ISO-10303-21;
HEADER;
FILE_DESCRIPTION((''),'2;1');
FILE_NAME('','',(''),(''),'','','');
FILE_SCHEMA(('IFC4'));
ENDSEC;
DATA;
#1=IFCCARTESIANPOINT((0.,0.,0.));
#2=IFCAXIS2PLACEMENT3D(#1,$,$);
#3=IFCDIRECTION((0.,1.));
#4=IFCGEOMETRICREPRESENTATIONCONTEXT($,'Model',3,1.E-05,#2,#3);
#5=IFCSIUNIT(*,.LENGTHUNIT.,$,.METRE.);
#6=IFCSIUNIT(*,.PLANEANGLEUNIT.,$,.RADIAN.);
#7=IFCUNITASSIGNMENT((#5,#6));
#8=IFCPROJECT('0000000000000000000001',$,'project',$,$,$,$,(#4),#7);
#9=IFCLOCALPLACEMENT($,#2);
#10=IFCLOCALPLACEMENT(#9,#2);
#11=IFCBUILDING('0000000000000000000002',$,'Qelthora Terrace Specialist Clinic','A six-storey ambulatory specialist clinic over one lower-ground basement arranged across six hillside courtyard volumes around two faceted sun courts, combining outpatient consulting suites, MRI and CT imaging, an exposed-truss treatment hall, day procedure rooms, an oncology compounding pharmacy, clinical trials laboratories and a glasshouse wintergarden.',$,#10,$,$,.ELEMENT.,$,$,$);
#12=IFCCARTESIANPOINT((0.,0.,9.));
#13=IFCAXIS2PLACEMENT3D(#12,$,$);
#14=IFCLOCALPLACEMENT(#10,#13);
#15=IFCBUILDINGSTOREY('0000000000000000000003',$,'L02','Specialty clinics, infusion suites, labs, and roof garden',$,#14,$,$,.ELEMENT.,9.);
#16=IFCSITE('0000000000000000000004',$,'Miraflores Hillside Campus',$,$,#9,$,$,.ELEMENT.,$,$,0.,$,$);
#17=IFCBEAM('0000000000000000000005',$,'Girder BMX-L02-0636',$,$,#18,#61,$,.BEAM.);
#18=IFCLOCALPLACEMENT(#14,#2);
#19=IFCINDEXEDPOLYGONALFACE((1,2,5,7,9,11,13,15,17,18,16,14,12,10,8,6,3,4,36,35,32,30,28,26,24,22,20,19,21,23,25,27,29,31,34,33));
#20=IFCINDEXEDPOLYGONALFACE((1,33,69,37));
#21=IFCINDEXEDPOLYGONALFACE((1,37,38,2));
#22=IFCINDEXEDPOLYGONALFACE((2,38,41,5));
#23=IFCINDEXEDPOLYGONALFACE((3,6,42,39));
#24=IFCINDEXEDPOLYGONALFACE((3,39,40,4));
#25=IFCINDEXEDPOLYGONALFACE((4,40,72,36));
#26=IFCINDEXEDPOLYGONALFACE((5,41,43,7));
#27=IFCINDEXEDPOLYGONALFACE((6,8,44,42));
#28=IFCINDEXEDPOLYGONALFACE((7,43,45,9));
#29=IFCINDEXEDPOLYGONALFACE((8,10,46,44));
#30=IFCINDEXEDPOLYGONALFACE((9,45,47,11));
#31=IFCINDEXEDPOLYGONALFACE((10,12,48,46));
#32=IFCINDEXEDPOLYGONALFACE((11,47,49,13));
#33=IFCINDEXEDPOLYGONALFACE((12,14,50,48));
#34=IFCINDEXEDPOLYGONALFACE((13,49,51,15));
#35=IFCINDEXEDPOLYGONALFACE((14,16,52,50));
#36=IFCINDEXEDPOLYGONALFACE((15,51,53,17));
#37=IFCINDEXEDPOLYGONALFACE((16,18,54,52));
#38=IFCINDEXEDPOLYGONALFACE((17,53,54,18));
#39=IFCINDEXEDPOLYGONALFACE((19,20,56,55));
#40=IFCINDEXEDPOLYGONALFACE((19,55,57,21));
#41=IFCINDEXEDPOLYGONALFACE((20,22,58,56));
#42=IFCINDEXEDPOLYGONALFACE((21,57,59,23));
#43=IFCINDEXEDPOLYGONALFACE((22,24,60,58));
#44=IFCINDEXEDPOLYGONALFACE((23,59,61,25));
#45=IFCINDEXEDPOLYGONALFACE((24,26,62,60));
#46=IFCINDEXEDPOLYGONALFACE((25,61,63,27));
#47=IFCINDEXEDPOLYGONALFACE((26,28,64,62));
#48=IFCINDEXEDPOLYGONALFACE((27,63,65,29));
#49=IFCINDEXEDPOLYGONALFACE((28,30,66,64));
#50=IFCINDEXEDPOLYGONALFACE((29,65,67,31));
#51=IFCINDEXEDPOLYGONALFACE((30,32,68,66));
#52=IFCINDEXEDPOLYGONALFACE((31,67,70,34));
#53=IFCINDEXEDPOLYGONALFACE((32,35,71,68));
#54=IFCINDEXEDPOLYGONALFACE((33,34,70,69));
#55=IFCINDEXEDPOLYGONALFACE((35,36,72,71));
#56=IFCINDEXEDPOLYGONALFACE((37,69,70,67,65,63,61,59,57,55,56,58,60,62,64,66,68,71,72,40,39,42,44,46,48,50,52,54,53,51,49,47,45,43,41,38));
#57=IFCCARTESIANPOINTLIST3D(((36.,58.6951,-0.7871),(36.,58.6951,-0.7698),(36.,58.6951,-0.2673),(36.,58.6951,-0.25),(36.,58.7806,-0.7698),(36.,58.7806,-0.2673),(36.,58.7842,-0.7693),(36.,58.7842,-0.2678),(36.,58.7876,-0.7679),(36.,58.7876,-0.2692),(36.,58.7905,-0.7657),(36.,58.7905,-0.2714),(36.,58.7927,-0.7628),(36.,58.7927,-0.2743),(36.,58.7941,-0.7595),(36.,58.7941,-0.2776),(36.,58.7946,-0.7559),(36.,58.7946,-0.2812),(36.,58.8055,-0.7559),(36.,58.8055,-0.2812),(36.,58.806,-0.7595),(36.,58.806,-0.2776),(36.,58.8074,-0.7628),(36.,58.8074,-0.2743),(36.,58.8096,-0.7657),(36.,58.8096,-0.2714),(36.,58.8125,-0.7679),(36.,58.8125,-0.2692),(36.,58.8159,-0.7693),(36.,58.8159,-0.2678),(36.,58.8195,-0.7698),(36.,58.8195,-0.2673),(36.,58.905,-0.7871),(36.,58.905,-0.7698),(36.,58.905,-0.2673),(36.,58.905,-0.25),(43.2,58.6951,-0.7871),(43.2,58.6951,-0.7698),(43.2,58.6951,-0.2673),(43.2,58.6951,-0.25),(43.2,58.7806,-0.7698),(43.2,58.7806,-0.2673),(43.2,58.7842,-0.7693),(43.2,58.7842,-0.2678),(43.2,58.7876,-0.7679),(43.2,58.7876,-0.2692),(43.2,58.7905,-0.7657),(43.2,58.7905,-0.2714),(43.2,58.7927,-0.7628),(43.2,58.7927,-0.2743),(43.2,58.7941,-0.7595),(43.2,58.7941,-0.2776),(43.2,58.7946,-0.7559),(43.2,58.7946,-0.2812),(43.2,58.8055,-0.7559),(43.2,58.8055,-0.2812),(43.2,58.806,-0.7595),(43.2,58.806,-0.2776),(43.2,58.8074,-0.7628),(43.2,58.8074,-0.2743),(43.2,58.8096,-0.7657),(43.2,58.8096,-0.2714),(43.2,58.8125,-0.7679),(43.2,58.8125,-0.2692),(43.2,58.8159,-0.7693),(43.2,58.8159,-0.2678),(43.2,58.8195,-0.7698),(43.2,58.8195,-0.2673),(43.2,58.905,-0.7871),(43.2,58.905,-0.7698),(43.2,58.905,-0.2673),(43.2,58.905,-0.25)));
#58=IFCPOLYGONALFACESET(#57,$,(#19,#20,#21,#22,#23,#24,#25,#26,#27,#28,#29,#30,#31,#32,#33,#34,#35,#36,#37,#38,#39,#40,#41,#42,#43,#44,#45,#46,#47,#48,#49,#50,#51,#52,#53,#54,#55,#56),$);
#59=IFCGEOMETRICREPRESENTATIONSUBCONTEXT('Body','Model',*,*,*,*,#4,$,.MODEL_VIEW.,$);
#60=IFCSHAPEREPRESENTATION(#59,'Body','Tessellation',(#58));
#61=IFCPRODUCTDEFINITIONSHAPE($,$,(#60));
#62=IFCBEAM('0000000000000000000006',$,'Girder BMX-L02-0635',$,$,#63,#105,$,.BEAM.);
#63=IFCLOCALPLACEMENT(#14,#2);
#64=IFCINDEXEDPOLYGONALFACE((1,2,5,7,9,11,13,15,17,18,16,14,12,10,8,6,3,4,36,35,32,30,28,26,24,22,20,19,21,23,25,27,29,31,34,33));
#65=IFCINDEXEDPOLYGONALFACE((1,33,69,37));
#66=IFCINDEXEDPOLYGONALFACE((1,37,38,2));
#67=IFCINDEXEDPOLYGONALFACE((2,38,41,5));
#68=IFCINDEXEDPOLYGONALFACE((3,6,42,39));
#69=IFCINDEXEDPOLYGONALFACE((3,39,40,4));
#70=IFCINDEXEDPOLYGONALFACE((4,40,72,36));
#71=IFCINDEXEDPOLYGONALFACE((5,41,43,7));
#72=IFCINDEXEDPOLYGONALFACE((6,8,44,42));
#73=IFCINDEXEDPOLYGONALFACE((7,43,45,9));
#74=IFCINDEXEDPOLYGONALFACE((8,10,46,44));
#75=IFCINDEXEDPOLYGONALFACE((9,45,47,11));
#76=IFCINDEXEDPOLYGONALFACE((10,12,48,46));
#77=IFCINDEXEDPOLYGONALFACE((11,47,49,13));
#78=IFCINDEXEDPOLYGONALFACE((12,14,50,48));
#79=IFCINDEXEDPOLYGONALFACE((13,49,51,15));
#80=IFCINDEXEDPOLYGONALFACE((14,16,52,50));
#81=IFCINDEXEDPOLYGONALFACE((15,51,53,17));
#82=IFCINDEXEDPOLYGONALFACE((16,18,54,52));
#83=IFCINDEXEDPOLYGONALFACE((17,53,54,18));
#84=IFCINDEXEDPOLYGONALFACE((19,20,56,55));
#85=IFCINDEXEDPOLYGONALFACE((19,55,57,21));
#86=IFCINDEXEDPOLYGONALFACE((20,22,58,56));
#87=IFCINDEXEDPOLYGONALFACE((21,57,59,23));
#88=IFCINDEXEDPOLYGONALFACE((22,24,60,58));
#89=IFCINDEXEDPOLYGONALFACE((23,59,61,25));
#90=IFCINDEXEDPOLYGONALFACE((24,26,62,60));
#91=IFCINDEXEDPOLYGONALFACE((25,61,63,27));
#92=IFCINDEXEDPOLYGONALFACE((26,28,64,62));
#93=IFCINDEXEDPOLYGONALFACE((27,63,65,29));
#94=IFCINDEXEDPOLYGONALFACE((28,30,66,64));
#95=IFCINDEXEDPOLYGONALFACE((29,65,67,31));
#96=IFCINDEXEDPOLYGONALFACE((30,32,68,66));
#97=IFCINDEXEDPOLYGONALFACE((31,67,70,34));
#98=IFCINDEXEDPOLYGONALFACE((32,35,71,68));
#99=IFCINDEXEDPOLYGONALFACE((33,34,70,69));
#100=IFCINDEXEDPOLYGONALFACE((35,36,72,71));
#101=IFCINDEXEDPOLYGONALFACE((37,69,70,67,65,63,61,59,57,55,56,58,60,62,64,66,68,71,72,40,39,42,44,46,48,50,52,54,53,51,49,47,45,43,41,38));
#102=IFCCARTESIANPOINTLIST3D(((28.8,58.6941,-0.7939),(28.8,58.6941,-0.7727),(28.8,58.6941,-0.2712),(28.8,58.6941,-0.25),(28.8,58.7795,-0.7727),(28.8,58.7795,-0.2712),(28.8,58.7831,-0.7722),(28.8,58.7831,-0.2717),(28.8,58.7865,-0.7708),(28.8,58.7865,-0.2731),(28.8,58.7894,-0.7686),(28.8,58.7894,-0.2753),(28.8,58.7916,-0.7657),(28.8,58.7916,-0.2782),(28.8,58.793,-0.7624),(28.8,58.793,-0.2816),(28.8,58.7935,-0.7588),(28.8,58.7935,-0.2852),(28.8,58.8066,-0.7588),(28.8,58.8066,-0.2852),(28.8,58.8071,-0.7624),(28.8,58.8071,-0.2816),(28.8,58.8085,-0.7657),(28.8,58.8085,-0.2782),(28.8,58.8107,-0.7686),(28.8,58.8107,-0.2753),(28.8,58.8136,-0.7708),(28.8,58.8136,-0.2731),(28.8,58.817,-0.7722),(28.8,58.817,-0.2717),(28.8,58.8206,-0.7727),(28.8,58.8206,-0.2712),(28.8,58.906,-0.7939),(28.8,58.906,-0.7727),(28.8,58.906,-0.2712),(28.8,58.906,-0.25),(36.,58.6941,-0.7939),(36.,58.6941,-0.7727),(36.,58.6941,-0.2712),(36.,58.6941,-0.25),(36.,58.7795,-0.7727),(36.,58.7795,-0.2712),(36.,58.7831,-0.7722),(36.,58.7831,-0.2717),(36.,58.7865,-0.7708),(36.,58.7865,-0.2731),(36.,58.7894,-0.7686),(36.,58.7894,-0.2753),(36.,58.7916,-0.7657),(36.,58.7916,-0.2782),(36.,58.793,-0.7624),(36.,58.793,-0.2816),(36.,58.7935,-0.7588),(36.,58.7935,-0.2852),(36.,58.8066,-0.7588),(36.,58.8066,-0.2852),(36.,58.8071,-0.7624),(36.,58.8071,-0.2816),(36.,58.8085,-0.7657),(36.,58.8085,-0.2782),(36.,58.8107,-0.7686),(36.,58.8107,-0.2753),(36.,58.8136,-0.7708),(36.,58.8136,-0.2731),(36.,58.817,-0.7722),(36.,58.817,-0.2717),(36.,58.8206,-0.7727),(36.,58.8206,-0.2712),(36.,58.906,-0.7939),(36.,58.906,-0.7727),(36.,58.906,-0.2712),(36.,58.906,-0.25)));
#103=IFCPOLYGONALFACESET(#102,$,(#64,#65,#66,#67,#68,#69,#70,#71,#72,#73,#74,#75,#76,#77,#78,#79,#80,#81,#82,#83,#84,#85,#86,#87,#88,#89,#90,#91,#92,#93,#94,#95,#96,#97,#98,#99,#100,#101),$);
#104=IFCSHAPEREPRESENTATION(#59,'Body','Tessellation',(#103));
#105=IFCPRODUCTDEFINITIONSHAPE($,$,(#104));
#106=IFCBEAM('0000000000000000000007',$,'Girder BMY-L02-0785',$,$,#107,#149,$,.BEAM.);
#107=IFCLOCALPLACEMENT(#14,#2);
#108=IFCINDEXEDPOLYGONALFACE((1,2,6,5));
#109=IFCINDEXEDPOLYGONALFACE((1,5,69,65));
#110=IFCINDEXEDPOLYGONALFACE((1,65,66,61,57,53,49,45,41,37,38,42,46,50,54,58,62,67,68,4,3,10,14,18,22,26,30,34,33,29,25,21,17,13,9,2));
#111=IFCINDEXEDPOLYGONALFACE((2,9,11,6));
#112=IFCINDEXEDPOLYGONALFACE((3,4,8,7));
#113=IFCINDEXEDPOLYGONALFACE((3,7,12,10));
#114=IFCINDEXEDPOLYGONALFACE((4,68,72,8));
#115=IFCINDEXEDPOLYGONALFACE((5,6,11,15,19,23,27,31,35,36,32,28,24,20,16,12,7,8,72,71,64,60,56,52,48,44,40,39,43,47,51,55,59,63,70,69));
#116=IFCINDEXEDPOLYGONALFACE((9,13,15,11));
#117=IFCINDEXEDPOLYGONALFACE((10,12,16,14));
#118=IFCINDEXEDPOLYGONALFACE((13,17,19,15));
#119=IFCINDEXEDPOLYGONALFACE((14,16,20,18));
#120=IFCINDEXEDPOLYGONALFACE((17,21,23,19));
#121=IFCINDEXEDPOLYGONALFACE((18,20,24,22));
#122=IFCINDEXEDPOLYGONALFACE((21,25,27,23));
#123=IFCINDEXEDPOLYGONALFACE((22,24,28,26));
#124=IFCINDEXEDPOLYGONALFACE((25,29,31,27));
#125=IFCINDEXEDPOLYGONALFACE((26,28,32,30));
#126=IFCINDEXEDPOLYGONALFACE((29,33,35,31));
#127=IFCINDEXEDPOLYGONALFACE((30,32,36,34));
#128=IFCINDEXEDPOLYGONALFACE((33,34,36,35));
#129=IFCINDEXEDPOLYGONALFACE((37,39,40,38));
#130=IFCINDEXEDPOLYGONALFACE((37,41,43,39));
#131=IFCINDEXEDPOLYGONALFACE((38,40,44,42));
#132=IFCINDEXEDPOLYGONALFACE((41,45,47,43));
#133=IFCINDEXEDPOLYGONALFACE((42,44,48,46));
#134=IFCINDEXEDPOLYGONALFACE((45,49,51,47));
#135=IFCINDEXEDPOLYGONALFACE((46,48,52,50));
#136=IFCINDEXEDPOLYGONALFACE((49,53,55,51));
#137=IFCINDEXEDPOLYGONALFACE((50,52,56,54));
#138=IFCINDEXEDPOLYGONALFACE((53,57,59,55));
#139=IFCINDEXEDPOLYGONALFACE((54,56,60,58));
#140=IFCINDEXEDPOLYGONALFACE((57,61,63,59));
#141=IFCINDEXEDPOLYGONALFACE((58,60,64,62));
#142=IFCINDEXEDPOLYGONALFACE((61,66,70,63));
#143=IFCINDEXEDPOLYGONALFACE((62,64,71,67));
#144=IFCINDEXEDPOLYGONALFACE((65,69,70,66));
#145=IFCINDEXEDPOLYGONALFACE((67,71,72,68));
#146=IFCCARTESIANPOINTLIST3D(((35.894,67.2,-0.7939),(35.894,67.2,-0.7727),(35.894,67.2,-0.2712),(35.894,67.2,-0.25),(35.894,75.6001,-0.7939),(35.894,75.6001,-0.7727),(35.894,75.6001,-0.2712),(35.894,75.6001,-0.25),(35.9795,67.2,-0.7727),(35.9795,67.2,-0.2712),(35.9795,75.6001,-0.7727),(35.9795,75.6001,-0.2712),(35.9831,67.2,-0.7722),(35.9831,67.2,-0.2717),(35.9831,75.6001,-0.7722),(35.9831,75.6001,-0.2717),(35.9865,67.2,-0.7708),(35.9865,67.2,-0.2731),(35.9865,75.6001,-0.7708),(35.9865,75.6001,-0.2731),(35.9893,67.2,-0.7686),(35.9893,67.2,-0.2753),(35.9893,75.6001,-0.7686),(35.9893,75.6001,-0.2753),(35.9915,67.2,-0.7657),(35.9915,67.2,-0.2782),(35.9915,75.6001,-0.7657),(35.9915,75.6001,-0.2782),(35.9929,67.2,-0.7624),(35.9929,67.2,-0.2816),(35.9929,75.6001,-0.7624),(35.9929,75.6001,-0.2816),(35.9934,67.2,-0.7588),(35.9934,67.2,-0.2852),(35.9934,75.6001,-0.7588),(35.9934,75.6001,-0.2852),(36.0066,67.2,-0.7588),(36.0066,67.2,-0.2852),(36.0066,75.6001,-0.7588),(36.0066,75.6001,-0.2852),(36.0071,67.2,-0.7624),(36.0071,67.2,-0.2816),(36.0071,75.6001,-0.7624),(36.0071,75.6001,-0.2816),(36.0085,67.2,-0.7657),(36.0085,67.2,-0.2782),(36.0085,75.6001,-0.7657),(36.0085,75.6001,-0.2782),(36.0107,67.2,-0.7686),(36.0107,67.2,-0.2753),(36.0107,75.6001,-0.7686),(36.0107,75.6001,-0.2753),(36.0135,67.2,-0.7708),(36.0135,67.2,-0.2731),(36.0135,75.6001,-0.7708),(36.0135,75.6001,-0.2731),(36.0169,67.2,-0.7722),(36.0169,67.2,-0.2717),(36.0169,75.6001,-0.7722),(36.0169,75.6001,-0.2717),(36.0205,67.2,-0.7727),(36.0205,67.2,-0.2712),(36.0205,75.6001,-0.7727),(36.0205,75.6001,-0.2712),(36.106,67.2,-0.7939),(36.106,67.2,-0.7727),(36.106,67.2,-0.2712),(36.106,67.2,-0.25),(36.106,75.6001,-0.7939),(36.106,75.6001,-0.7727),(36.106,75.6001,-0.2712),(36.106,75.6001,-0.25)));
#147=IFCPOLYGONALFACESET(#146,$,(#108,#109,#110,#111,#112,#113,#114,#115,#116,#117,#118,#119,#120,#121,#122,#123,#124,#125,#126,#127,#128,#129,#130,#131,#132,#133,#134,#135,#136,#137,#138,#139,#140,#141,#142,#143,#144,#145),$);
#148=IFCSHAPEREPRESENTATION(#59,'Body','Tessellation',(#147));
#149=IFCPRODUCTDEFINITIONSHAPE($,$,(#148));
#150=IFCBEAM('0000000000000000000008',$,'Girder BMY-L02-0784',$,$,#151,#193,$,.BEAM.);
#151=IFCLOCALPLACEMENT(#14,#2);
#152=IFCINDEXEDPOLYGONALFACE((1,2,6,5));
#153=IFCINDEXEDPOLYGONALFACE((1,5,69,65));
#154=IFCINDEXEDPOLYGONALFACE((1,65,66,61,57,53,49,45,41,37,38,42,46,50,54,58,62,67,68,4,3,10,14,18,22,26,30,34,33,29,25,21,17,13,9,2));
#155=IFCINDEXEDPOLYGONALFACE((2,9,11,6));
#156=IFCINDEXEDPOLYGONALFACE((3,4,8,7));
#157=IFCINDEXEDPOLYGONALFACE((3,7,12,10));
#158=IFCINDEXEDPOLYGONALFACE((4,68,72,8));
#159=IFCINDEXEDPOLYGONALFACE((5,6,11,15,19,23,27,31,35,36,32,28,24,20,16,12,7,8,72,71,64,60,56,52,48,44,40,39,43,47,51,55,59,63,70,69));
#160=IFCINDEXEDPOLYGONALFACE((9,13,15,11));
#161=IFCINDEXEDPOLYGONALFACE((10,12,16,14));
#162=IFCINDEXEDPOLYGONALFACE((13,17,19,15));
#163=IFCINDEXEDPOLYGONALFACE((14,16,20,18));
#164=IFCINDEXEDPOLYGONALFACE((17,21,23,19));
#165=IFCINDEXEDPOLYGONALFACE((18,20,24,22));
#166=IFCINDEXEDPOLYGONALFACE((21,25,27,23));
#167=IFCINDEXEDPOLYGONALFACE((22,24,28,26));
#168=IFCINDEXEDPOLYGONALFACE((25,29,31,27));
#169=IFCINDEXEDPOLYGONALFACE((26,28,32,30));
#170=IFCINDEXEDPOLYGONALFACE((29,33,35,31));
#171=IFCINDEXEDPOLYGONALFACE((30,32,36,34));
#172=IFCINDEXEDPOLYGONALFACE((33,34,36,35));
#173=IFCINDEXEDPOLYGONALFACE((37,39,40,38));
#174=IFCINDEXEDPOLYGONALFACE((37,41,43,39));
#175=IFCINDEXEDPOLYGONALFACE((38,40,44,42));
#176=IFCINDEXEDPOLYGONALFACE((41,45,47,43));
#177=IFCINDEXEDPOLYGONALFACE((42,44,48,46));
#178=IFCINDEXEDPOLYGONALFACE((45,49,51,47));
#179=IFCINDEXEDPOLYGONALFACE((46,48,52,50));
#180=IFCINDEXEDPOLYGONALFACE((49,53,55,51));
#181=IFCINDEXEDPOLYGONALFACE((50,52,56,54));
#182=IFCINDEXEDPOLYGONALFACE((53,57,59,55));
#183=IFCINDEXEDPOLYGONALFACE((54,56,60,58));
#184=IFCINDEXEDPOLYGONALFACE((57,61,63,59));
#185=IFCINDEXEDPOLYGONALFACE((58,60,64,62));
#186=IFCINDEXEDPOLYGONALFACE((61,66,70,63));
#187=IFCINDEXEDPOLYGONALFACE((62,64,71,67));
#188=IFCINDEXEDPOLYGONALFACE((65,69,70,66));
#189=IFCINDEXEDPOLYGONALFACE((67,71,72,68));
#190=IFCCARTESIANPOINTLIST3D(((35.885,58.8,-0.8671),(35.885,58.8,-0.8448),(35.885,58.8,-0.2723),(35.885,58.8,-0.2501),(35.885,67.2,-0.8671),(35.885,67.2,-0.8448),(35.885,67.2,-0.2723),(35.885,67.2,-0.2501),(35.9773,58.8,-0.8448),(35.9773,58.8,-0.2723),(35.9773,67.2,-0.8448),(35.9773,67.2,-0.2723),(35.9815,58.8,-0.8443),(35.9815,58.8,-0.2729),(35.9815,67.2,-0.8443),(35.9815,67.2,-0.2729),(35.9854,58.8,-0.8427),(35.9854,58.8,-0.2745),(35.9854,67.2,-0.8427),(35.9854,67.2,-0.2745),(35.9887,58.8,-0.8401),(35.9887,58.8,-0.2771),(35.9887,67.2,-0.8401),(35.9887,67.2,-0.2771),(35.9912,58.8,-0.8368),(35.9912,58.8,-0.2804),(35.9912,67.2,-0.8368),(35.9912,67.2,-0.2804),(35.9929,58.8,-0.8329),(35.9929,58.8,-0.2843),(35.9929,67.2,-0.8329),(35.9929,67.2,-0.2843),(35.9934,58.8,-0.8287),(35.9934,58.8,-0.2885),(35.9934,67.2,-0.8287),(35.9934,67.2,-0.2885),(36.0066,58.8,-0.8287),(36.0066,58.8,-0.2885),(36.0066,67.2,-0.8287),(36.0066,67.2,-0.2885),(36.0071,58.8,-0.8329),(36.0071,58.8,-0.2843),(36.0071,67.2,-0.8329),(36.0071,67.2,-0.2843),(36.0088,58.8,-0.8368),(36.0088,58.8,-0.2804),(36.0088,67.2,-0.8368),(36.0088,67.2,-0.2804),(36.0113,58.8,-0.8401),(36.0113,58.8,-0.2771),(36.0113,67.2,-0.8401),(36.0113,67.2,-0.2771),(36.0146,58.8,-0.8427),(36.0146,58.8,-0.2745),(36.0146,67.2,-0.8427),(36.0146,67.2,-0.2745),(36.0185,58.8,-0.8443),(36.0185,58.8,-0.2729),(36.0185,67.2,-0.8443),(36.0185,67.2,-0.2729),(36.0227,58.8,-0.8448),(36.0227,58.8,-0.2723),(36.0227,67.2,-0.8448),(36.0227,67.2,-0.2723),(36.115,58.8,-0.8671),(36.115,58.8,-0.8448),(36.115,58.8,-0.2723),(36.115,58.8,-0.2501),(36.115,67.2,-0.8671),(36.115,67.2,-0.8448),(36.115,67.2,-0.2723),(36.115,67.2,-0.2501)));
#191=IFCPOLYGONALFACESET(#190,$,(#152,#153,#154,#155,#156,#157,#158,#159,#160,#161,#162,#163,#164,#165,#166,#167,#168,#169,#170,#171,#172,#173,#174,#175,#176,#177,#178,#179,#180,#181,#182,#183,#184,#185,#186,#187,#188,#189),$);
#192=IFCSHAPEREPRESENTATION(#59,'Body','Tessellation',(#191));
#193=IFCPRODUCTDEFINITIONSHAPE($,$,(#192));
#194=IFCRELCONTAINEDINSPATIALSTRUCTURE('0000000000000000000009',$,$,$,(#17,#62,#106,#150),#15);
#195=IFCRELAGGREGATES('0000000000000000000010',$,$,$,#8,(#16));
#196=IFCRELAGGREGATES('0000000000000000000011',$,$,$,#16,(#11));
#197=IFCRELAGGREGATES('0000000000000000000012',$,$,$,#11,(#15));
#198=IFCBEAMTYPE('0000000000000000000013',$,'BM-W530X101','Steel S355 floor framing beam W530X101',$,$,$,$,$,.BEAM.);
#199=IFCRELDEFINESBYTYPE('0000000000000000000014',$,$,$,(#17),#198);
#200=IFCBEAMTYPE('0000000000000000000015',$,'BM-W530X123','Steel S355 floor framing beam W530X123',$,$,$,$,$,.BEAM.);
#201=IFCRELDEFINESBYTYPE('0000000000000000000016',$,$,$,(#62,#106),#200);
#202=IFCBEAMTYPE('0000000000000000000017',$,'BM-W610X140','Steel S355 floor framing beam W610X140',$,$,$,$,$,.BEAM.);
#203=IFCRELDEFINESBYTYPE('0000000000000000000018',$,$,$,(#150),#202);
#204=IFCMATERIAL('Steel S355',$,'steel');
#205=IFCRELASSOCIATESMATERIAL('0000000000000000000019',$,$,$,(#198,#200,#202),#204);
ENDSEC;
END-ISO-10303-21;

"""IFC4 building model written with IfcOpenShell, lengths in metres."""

from ifc_helpers import new_model, si_unit, direction, frame, origin, origin_2d, place, context, subcontext, project, spatial, i_section, extrude, material, material_profile, profile_set, type_object, element, save


model = new_model("IFC4")

# Units and contexts
model_context = context("Model", 3, precision=1e-05, world=origin(), true_north=direction((0.0, 1.0)))
body_context = subcontext(model_context, "Body", "Model", "MODEL_VIEW")
ifc_project = project(units=[si_unit("LENGTHUNIT", "METRE"), si_unit("PLANEANGLEUNIT", "RADIAN")], contexts=[model_context])

# Site, building, storey
site_placement = place(None, origin())
site = spatial("IfcSite", under=ifc_project, at=site_placement, Name="Miraflores Hillside Campus", CompositionType="ELEMENT", RefElevation=0.0)
building_placement = place(site_placement, origin())
building = spatial("IfcBuilding", under=site, at=building_placement, Name="Qelthora Terrace Specialist Clinic", Description="A six-storey ambulatory specialist clinic over one lower-ground basement arranged across six hillside courtyard volumes around two faceted sun courts, combining outpatient consulting suites, MRI and CT imaging, an exposed-truss treatment hall, day procedure rooms, an oncology compounding pharmacy, clinical trials laboratories and a glasshouse wintergarden.", CompositionType="ELEMENT")
storey_placement = place(building_placement, frame((0.0, 0.0, 9.0)))
storey = spatial("IfcBuildingStorey", under=building, at=storey_placement, Name="L02", Description="Specialty clinics, infusion suites, labs, and roof garden", CompositionType="ELEMENT", Elevation=9.0)

# Shared definitions
ifc_material_1 = material(Name="Steel S355", Category="steel")

# Beams
ifc_material_profile_1 = material_profile(ifc_material_1, i_section(OverallWidth=0.21, OverallDepth=0.5371, WebThickness=0.011, FlangeThickness=0.0173, FilletRadius=0.0139, at=origin_2d()), Name="W530X101")
ifc_profile_set_1 = profile_set([ifc_material_profile_1], Name="Steel S355")
beam_type_1 = type_object("IfcBeamType", Name="BM-W530X101", Description="Steel S355 floor framing beam W530X101", PredefinedType="BEAM", material=ifc_profile_set_1)
beam_1_placement = place(storey_placement, frame((36.0, 58.8, -0.5186), z_axis=(1.0, 0.0, 0.0), x_axis=(0.0, 1.0, 0.0)))
element("IfcBeam", 1, at=beam_1_placement, inside=storey, type_object=beam_type_1, Name="Girder BMX-L02-0636", PredefinedType="BEAM", context=body_context, shape_type="SweptSolid", body=[
    extrude(i_section(OverallWidth=0.21, OverallDepth=0.5371, WebThickness=0.011, FlangeThickness=0.0173, FilletRadius=0.0139, at=origin_2d()), origin(), (0.0, 0.0, 1.0), 7.2),
])
ifc_material_profile_2 = material_profile(ifc_material_1, i_section(OverallWidth=0.2119, OverallDepth=0.5439, WebThickness=0.0132, FlangeThickness=0.0212, FilletRadius=0.0139, at=origin_2d()), Name="W530X123")
ifc_profile_set_2 = profile_set([ifc_material_profile_2], Name="Steel S355")
beam_type_2 = type_object("IfcBeamType", Name="BM-W530X123", Description="Steel S355 floor framing beam W530X123", PredefinedType="BEAM", material=ifc_profile_set_2)
beam_2_placement = place(storey_placement, frame((28.8, 58.8, -0.522), z_axis=(1.0, 0.0, 0.0), x_axis=(0.0, 1.0, 0.0)))
element("IfcBeam", 2, at=beam_2_placement, inside=storey, type_object=beam_type_2, Name="Girder BMX-L02-0635", PredefinedType="BEAM", context=body_context, shape_type="SweptSolid", body=[
    extrude(i_section(OverallWidth=0.2119, OverallDepth=0.5439, WebThickness=0.0132, FlangeThickness=0.0212, FilletRadius=0.0139, at=origin_2d()), origin(), (0.0, 0.0, 1.0), 7.2),
])
beam_3_placement = place(storey_placement, frame((36.0, 67.2, -0.522), z_axis=(0.0, 1.0, 0.0), x_axis=(-1.0, 0.0, 0.0)))
element("IfcBeam", 3, at=beam_3_placement, inside=storey, type_object=beam_type_2, Name="Girder BMY-L02-0785", PredefinedType="BEAM", context=body_context, shape_type="SweptSolid", body=[
    extrude(i_section(OverallWidth=0.2119, OverallDepth=0.5439, WebThickness=0.0132, FlangeThickness=0.0212, FilletRadius=0.0139, at=origin_2d()), origin(), (0.0, 0.0, 1.0), 8.4001),
])
ifc_material_profile_3 = material_profile(ifc_material_1, i_section(OverallWidth=0.23, OverallDepth=0.6169, WebThickness=0.0132, FlangeThickness=0.0222, FilletRadius=0.0161, at=origin_2d()), Name="W610X140")
ifc_profile_set_3 = profile_set([ifc_material_profile_3], Name="Steel S355")
beam_type_3 = type_object("IfcBeamType", Name="BM-W610X140", Description="Steel S355 floor framing beam W610X140", PredefinedType="BEAM", material=ifc_profile_set_3)
beam_4_placement = place(storey_placement, frame((36.0, 58.8, -0.5586), z_axis=(0.0, 1.0, 0.0), x_axis=(-1.0, 0.0, 0.0)))
element("IfcBeam", 4, at=beam_4_placement, inside=storey, type_object=beam_type_3, Name="Girder BMY-L02-0784", PredefinedType="BEAM", context=body_context, shape_type="SweptSolid", body=[
    extrude(i_section(OverallWidth=0.23, OverallDepth=0.6169, WebThickness=0.0132, FlangeThickness=0.0222, FilletRadius=0.0161, at=origin_2d()), origin(), (0.0, 0.0, 1.0), 8.3999),
])

save(model, "model.ifc")
